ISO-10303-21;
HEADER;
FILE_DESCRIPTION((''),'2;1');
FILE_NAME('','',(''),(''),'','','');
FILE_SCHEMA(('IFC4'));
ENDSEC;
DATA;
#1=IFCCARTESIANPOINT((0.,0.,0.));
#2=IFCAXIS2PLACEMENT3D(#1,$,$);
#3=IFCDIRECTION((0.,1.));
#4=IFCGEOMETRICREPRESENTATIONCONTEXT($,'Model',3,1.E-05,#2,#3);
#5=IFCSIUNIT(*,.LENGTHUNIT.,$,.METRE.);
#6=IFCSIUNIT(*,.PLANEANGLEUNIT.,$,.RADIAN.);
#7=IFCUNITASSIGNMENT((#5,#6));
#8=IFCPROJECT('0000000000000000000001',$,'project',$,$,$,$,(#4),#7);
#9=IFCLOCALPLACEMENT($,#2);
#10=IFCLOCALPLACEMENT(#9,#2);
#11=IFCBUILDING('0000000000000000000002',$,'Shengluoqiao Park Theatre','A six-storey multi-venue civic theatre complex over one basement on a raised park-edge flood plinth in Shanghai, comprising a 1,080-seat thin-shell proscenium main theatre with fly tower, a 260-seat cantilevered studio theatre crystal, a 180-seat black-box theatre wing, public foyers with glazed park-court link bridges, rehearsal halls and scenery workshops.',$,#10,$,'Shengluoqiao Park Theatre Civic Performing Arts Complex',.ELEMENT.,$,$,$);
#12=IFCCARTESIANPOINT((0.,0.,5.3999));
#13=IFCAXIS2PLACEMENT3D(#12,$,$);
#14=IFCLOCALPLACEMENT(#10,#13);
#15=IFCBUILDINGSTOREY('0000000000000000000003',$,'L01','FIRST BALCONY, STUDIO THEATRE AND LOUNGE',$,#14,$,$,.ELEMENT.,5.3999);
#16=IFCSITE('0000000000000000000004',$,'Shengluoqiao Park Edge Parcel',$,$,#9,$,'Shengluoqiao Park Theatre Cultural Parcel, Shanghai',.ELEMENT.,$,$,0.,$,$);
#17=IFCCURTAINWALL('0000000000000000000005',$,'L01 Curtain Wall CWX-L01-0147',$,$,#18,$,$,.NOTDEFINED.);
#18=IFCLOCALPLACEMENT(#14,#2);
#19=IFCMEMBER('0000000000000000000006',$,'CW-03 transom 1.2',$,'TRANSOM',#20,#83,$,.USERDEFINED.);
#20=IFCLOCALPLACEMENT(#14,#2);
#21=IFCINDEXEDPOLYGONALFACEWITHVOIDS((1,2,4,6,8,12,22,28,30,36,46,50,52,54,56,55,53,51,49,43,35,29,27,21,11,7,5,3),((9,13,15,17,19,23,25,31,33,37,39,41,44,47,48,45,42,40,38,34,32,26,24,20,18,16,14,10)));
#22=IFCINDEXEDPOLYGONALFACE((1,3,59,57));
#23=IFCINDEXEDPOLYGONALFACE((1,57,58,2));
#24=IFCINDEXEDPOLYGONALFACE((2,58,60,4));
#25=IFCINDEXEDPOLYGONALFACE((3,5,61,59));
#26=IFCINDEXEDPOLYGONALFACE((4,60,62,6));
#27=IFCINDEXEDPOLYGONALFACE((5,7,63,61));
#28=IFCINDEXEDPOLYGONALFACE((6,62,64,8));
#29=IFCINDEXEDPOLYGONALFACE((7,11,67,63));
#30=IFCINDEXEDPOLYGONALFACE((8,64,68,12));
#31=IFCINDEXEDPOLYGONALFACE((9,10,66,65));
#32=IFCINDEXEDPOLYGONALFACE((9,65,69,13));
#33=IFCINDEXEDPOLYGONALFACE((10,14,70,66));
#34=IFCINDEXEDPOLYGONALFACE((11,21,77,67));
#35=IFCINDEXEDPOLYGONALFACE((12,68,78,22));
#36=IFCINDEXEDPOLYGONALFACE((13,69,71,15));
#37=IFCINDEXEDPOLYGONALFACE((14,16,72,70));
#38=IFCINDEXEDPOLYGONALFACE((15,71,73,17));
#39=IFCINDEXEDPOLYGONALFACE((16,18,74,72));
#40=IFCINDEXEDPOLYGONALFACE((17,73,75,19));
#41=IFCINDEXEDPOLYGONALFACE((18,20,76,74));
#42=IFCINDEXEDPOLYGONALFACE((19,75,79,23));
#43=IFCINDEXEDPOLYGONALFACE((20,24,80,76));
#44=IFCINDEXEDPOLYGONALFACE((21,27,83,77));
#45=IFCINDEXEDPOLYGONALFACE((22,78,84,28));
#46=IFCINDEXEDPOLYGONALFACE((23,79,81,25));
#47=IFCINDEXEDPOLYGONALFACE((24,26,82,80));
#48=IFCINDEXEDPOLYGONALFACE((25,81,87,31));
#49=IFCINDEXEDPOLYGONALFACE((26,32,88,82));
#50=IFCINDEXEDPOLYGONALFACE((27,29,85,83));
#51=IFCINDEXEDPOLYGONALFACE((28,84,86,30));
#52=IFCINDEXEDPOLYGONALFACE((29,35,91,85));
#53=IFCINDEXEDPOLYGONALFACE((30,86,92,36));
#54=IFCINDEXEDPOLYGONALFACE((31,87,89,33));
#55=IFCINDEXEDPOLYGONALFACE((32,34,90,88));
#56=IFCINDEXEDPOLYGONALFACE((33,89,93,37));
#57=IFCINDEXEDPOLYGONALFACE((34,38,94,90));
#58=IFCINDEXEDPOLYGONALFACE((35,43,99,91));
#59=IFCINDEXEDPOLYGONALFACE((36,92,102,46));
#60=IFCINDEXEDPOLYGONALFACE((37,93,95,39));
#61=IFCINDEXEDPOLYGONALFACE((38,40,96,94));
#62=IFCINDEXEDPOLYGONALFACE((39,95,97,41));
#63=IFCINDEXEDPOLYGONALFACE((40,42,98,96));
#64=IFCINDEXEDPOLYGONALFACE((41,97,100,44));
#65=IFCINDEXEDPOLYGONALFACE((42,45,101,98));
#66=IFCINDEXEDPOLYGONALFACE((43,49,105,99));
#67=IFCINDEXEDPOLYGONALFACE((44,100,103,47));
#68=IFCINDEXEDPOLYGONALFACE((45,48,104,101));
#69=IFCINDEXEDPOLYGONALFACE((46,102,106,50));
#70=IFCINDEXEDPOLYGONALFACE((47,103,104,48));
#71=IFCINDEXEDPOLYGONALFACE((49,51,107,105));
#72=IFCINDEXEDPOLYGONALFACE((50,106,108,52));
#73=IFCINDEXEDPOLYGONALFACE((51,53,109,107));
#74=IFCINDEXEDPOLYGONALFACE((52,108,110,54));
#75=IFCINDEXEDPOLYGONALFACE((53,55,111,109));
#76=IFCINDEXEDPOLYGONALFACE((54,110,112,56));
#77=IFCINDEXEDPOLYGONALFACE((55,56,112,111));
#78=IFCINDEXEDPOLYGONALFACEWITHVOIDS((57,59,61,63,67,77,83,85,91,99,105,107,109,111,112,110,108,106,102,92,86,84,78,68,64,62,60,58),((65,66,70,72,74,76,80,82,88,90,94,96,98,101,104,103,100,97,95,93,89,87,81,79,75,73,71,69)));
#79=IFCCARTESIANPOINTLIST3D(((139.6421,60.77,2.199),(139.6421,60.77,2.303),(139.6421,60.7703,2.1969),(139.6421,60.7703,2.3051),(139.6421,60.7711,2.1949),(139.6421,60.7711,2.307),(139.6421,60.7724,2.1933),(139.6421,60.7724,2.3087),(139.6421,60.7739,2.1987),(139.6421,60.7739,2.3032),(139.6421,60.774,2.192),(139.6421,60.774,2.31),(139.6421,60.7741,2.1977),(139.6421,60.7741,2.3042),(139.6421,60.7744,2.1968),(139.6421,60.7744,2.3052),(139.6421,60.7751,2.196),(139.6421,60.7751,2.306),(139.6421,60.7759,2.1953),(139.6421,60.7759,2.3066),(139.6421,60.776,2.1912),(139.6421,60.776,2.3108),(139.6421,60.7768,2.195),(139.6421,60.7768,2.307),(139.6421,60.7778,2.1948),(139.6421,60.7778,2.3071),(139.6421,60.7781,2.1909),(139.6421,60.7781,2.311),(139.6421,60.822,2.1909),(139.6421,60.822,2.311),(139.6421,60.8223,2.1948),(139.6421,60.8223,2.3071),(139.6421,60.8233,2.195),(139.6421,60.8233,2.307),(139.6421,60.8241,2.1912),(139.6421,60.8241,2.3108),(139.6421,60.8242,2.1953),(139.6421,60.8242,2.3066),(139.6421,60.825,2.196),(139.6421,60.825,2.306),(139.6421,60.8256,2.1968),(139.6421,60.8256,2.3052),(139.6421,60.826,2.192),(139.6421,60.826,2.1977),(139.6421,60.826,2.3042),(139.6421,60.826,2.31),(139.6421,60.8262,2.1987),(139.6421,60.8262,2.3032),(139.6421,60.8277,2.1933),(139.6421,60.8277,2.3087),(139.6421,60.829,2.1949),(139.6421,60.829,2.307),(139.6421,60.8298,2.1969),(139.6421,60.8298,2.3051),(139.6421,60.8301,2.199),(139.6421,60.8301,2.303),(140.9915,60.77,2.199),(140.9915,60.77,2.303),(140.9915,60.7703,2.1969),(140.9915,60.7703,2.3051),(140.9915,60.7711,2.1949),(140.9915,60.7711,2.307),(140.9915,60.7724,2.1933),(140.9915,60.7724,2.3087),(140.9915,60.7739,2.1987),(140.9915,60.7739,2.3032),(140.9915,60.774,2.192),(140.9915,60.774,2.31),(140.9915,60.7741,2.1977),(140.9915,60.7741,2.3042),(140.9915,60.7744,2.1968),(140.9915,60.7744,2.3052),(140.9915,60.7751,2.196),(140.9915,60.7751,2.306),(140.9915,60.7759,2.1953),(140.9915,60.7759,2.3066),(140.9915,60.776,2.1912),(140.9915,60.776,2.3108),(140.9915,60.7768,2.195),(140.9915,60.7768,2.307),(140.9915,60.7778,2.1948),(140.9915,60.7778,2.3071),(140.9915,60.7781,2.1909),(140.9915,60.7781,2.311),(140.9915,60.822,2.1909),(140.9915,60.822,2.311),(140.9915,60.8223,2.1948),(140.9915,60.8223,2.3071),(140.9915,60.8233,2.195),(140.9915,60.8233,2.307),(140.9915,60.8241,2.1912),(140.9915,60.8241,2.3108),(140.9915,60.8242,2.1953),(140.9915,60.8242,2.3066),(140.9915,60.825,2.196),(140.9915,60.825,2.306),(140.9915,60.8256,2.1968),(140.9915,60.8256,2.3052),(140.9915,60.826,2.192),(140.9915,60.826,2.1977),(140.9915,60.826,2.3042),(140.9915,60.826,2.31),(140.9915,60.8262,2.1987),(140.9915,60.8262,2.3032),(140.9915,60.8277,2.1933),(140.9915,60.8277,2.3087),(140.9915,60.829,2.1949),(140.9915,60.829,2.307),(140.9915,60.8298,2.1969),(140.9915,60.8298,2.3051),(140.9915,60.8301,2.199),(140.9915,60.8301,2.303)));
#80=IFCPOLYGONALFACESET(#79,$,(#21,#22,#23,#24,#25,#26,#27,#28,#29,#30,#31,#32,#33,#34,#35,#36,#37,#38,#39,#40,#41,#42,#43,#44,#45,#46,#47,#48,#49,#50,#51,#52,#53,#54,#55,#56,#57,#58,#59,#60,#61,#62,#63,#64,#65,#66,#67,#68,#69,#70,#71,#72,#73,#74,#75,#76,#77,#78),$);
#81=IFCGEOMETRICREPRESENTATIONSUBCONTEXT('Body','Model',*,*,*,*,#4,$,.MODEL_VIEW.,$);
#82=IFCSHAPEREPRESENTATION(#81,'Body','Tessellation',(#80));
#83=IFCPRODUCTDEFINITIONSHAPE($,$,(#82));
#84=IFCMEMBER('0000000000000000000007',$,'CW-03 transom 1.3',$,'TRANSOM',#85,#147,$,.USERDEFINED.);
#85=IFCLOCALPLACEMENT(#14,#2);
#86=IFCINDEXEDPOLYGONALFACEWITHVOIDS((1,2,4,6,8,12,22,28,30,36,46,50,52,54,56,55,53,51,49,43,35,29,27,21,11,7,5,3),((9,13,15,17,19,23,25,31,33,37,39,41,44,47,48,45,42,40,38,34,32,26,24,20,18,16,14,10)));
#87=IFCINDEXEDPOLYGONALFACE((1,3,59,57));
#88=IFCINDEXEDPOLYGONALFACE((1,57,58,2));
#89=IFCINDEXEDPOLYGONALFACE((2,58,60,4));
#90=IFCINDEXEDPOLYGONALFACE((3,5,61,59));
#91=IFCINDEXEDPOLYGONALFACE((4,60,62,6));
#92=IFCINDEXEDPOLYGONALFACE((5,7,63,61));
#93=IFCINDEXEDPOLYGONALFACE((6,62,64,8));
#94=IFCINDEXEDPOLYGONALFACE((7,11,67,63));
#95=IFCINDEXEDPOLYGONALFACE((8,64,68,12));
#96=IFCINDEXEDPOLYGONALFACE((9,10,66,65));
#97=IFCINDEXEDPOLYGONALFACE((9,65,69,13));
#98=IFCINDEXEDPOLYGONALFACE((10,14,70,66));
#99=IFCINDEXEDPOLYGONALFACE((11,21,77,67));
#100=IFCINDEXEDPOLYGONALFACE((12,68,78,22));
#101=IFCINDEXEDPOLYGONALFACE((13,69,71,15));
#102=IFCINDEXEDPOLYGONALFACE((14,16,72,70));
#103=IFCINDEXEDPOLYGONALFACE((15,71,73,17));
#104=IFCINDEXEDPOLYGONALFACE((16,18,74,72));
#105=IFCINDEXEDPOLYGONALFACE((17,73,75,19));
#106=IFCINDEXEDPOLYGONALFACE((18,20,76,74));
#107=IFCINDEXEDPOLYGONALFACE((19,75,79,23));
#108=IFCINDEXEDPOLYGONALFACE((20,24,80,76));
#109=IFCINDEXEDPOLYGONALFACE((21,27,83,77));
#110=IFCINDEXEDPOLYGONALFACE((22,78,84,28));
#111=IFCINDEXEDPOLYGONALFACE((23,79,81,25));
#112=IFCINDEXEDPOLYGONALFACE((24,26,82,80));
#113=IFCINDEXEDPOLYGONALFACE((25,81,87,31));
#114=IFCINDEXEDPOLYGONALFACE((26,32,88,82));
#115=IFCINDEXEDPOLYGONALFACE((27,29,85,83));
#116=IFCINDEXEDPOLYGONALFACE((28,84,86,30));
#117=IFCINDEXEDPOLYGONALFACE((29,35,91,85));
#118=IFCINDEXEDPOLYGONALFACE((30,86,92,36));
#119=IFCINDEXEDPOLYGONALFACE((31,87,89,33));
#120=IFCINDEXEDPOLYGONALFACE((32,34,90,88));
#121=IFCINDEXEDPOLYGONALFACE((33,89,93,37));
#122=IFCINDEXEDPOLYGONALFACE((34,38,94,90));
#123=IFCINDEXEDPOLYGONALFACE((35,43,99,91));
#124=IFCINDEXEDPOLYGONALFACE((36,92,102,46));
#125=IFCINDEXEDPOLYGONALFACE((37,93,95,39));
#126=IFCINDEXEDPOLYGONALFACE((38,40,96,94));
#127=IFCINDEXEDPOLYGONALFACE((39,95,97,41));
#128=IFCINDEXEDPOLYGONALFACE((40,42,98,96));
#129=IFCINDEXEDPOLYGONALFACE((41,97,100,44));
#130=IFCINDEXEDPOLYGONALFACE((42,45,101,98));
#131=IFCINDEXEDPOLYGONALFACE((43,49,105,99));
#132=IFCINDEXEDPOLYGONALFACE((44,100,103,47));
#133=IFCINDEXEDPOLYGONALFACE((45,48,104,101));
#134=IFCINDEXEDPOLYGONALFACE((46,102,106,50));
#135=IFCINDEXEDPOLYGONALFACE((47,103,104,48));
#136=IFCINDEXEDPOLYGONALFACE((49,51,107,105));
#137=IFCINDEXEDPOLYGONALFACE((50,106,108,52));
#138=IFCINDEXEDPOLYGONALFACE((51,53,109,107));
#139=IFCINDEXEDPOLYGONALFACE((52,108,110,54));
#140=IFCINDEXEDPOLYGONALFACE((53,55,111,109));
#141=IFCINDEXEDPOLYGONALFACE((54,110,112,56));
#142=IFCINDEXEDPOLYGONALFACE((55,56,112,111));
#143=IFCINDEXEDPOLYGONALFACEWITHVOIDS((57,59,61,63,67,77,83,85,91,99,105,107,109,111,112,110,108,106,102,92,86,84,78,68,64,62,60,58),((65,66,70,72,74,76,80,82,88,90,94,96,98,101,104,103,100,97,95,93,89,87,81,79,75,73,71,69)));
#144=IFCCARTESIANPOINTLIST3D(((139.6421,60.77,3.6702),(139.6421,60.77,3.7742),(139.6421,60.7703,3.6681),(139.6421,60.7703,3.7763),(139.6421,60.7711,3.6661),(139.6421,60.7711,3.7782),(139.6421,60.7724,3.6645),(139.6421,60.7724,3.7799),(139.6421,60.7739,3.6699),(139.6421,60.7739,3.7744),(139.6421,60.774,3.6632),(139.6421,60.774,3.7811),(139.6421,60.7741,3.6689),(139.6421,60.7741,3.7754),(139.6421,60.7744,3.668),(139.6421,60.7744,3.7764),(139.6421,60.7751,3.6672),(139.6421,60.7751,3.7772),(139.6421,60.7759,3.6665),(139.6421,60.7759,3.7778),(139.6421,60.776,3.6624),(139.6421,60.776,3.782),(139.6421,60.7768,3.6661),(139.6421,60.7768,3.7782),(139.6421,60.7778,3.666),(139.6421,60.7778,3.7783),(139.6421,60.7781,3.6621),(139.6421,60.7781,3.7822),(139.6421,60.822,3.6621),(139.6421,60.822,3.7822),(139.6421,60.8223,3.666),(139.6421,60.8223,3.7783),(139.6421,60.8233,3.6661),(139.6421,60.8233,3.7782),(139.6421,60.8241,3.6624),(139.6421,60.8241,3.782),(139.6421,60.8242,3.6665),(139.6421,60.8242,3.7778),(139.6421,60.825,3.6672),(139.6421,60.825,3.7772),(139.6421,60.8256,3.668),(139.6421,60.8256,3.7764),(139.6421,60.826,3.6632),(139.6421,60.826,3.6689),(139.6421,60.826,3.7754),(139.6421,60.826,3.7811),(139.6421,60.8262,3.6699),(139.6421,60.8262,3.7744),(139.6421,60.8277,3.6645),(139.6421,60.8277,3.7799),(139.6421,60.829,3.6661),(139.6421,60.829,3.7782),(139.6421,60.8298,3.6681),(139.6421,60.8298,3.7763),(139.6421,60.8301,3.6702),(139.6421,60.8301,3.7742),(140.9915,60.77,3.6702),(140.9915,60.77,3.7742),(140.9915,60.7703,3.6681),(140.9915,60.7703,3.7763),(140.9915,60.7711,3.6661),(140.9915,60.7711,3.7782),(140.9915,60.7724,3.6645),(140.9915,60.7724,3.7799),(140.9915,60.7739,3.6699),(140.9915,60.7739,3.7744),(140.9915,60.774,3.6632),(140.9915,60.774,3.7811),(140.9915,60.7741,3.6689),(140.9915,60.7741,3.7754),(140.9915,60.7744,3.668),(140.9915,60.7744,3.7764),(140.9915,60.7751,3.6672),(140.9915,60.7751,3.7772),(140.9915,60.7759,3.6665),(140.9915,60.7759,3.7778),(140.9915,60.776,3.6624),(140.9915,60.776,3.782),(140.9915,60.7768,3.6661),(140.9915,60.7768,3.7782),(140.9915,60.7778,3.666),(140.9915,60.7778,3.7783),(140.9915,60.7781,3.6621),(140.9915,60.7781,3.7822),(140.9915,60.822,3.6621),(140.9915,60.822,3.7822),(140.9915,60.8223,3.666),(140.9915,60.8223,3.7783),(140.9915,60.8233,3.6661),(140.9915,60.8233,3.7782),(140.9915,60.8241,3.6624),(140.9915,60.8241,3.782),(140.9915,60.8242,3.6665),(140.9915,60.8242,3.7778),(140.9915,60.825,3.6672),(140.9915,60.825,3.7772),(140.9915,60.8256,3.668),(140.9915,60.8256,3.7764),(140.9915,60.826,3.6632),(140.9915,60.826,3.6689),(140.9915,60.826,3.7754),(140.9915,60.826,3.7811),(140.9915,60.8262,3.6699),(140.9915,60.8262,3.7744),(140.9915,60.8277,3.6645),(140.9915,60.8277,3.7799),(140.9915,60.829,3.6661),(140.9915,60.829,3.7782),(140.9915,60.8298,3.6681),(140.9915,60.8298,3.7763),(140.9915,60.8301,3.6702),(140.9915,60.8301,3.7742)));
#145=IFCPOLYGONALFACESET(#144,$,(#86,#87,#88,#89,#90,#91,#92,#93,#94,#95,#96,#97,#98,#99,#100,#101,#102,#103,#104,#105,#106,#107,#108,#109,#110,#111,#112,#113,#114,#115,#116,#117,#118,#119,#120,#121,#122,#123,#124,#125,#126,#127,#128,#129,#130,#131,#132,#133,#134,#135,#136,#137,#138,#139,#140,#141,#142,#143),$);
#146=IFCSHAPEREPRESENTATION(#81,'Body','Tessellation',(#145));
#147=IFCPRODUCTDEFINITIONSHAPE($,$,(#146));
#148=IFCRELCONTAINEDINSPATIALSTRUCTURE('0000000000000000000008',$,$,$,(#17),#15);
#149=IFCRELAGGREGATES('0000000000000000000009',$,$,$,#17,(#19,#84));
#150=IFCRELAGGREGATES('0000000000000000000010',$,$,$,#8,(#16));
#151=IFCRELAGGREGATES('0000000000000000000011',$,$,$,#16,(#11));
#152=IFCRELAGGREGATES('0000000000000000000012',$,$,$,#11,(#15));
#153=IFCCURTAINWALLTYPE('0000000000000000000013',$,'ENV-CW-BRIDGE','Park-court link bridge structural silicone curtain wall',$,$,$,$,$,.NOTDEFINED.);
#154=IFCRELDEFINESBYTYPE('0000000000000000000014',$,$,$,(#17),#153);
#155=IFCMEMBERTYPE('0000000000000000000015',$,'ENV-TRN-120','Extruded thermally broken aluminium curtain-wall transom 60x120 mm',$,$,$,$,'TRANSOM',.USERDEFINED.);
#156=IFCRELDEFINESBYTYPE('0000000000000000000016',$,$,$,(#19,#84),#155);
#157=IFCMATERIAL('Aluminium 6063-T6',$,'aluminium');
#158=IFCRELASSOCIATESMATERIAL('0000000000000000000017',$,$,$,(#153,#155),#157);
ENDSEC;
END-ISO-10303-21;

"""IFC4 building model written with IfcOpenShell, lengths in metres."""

from ifc_helpers import new_model, si_unit, direction, frame, origin, origin_2d, place, context, subcontext, project, spatial, hollow_rectangle, extrude, material, material_profile, profile_set, type_object, element, aggregate, save


model = new_model("IFC4")

# Units and contexts
model_context = context("Model", 3, precision=1e-05, world=origin(), true_north=direction((0.0, 1.0)))
body_context = subcontext(model_context, "Body", "Model", "MODEL_VIEW")
ifc_project = project(units=[si_unit("LENGTHUNIT", "METRE"), si_unit("PLANEANGLEUNIT", "RADIAN")], contexts=[model_context])

# Site, building, storey
site_placement = place(None, origin())
site = spatial("IfcSite", under=ifc_project, at=site_placement, Name="Shengluoqiao Park Edge Parcel", LongName="Shengluoqiao Park Theatre Cultural Parcel, Shanghai", CompositionType="ELEMENT", RefElevation=0.0)
building_placement = place(site_placement, origin())
building = spatial("IfcBuilding", under=site, at=building_placement, Name="Shengluoqiao Park Theatre", Description="A six-storey multi-venue civic theatre complex over one basement on a raised park-edge flood plinth in Shanghai, comprising a 1,080-seat thin-shell proscenium main theatre with fly tower, a 260-seat cantilevered studio theatre crystal, a 180-seat black-box theatre wing, public foyers with glazed park-court link bridges, rehearsal halls and scenery workshops.", LongName="Shengluoqiao Park Theatre Civic Performing Arts Complex", CompositionType="ELEMENT")
storey_placement = place(building_placement, frame((0.0, 0.0, 5.3999)))
storey = spatial("IfcBuildingStorey", under=building, at=storey_placement, Name="L01", Description="FIRST BALCONY, STUDIO THEATRE AND LOUNGE", CompositionType="ELEMENT", Elevation=5.3999)

# Curtain wall
ifc_material_1 = material(Name="Aluminium 6063-T6", Category="aluminium")
curtain_wall_type = type_object("IfcCurtainWallType", Name="ENV-CW-BRIDGE", Description="Park-court link bridge structural silicone curtain wall", PredefinedType="NOTDEFINED", material=ifc_material_1)
curtain_wall_1_placement = place(storey_placement, origin())
curtain_wall_1 = element("IfcCurtainWall", 1, at=curtain_wall_1_placement, inside=storey, type_object=curtain_wall_type, Name="L01 Curtain Wall CWX-L01-0147", PredefinedType="NOTDEFINED")

# Members
ifc_material_profile_1 = material_profile(ifc_material_1, hollow_rectangle(XDim=0.0601, YDim=0.1201, WallThickness=0.0039, InnerFilletRadius=0.0039, OuterFilletRadius=0.0081, at=origin_2d()), Name="ALU TRANSOM 120x60x4")
ifc_profile_set_1 = profile_set([ifc_material_profile_1], Name="Aluminium 6063-T6")
member_type_1 = type_object("IfcMemberType", Name="ENV-TRN-120", Description="Extruded thermally broken aluminium curtain-wall transom 60x120 mm", ElementType="TRANSOM", PredefinedType="USERDEFINED", material=ifc_profile_set_1)
member_1_placement = place(storey_placement, frame((139.6421, 60.8, 2.251), z_axis=(1.0, 0.0, 0.0), x_axis=(0.0, 1.0, 0.0)))
member_1 = element("IfcMember", 2, at=member_1_placement, type_object=member_type_1, Name="CW-03 transom 1.2", ObjectType="TRANSOM", PredefinedType="USERDEFINED", context=body_context, shape_type="SweptSolid", body=[
    extrude(hollow_rectangle(XDim=0.0601, YDim=0.1201, WallThickness=0.0039, InnerFilletRadius=0.0039, OuterFilletRadius=0.0081, at=origin_2d()), origin(), (0.0, 0.0, 1.0), 1.3494),
])
member_2_placement = place(storey_placement, frame((139.6421, 60.8, 3.7222), z_axis=(1.0, 0.0, 0.0), x_axis=(0.0, 1.0, 0.0)))
member_2 = element("IfcMember", 3, at=member_2_placement, type_object=member_type_1, Name="CW-03 transom 1.3", ObjectType="TRANSOM", PredefinedType="USERDEFINED", context=body_context, shape_type="SweptSolid", body=[
    extrude(hollow_rectangle(XDim=0.0601, YDim=0.1201, WallThickness=0.0039, InnerFilletRadius=0.0039, OuterFilletRadius=0.0081, at=origin_2d()), origin(), (0.0, 0.0, 1.0), 1.3494),
])

aggregate(curtain_wall_1, [member_1, member_2])

save(model, "model.ifc")
